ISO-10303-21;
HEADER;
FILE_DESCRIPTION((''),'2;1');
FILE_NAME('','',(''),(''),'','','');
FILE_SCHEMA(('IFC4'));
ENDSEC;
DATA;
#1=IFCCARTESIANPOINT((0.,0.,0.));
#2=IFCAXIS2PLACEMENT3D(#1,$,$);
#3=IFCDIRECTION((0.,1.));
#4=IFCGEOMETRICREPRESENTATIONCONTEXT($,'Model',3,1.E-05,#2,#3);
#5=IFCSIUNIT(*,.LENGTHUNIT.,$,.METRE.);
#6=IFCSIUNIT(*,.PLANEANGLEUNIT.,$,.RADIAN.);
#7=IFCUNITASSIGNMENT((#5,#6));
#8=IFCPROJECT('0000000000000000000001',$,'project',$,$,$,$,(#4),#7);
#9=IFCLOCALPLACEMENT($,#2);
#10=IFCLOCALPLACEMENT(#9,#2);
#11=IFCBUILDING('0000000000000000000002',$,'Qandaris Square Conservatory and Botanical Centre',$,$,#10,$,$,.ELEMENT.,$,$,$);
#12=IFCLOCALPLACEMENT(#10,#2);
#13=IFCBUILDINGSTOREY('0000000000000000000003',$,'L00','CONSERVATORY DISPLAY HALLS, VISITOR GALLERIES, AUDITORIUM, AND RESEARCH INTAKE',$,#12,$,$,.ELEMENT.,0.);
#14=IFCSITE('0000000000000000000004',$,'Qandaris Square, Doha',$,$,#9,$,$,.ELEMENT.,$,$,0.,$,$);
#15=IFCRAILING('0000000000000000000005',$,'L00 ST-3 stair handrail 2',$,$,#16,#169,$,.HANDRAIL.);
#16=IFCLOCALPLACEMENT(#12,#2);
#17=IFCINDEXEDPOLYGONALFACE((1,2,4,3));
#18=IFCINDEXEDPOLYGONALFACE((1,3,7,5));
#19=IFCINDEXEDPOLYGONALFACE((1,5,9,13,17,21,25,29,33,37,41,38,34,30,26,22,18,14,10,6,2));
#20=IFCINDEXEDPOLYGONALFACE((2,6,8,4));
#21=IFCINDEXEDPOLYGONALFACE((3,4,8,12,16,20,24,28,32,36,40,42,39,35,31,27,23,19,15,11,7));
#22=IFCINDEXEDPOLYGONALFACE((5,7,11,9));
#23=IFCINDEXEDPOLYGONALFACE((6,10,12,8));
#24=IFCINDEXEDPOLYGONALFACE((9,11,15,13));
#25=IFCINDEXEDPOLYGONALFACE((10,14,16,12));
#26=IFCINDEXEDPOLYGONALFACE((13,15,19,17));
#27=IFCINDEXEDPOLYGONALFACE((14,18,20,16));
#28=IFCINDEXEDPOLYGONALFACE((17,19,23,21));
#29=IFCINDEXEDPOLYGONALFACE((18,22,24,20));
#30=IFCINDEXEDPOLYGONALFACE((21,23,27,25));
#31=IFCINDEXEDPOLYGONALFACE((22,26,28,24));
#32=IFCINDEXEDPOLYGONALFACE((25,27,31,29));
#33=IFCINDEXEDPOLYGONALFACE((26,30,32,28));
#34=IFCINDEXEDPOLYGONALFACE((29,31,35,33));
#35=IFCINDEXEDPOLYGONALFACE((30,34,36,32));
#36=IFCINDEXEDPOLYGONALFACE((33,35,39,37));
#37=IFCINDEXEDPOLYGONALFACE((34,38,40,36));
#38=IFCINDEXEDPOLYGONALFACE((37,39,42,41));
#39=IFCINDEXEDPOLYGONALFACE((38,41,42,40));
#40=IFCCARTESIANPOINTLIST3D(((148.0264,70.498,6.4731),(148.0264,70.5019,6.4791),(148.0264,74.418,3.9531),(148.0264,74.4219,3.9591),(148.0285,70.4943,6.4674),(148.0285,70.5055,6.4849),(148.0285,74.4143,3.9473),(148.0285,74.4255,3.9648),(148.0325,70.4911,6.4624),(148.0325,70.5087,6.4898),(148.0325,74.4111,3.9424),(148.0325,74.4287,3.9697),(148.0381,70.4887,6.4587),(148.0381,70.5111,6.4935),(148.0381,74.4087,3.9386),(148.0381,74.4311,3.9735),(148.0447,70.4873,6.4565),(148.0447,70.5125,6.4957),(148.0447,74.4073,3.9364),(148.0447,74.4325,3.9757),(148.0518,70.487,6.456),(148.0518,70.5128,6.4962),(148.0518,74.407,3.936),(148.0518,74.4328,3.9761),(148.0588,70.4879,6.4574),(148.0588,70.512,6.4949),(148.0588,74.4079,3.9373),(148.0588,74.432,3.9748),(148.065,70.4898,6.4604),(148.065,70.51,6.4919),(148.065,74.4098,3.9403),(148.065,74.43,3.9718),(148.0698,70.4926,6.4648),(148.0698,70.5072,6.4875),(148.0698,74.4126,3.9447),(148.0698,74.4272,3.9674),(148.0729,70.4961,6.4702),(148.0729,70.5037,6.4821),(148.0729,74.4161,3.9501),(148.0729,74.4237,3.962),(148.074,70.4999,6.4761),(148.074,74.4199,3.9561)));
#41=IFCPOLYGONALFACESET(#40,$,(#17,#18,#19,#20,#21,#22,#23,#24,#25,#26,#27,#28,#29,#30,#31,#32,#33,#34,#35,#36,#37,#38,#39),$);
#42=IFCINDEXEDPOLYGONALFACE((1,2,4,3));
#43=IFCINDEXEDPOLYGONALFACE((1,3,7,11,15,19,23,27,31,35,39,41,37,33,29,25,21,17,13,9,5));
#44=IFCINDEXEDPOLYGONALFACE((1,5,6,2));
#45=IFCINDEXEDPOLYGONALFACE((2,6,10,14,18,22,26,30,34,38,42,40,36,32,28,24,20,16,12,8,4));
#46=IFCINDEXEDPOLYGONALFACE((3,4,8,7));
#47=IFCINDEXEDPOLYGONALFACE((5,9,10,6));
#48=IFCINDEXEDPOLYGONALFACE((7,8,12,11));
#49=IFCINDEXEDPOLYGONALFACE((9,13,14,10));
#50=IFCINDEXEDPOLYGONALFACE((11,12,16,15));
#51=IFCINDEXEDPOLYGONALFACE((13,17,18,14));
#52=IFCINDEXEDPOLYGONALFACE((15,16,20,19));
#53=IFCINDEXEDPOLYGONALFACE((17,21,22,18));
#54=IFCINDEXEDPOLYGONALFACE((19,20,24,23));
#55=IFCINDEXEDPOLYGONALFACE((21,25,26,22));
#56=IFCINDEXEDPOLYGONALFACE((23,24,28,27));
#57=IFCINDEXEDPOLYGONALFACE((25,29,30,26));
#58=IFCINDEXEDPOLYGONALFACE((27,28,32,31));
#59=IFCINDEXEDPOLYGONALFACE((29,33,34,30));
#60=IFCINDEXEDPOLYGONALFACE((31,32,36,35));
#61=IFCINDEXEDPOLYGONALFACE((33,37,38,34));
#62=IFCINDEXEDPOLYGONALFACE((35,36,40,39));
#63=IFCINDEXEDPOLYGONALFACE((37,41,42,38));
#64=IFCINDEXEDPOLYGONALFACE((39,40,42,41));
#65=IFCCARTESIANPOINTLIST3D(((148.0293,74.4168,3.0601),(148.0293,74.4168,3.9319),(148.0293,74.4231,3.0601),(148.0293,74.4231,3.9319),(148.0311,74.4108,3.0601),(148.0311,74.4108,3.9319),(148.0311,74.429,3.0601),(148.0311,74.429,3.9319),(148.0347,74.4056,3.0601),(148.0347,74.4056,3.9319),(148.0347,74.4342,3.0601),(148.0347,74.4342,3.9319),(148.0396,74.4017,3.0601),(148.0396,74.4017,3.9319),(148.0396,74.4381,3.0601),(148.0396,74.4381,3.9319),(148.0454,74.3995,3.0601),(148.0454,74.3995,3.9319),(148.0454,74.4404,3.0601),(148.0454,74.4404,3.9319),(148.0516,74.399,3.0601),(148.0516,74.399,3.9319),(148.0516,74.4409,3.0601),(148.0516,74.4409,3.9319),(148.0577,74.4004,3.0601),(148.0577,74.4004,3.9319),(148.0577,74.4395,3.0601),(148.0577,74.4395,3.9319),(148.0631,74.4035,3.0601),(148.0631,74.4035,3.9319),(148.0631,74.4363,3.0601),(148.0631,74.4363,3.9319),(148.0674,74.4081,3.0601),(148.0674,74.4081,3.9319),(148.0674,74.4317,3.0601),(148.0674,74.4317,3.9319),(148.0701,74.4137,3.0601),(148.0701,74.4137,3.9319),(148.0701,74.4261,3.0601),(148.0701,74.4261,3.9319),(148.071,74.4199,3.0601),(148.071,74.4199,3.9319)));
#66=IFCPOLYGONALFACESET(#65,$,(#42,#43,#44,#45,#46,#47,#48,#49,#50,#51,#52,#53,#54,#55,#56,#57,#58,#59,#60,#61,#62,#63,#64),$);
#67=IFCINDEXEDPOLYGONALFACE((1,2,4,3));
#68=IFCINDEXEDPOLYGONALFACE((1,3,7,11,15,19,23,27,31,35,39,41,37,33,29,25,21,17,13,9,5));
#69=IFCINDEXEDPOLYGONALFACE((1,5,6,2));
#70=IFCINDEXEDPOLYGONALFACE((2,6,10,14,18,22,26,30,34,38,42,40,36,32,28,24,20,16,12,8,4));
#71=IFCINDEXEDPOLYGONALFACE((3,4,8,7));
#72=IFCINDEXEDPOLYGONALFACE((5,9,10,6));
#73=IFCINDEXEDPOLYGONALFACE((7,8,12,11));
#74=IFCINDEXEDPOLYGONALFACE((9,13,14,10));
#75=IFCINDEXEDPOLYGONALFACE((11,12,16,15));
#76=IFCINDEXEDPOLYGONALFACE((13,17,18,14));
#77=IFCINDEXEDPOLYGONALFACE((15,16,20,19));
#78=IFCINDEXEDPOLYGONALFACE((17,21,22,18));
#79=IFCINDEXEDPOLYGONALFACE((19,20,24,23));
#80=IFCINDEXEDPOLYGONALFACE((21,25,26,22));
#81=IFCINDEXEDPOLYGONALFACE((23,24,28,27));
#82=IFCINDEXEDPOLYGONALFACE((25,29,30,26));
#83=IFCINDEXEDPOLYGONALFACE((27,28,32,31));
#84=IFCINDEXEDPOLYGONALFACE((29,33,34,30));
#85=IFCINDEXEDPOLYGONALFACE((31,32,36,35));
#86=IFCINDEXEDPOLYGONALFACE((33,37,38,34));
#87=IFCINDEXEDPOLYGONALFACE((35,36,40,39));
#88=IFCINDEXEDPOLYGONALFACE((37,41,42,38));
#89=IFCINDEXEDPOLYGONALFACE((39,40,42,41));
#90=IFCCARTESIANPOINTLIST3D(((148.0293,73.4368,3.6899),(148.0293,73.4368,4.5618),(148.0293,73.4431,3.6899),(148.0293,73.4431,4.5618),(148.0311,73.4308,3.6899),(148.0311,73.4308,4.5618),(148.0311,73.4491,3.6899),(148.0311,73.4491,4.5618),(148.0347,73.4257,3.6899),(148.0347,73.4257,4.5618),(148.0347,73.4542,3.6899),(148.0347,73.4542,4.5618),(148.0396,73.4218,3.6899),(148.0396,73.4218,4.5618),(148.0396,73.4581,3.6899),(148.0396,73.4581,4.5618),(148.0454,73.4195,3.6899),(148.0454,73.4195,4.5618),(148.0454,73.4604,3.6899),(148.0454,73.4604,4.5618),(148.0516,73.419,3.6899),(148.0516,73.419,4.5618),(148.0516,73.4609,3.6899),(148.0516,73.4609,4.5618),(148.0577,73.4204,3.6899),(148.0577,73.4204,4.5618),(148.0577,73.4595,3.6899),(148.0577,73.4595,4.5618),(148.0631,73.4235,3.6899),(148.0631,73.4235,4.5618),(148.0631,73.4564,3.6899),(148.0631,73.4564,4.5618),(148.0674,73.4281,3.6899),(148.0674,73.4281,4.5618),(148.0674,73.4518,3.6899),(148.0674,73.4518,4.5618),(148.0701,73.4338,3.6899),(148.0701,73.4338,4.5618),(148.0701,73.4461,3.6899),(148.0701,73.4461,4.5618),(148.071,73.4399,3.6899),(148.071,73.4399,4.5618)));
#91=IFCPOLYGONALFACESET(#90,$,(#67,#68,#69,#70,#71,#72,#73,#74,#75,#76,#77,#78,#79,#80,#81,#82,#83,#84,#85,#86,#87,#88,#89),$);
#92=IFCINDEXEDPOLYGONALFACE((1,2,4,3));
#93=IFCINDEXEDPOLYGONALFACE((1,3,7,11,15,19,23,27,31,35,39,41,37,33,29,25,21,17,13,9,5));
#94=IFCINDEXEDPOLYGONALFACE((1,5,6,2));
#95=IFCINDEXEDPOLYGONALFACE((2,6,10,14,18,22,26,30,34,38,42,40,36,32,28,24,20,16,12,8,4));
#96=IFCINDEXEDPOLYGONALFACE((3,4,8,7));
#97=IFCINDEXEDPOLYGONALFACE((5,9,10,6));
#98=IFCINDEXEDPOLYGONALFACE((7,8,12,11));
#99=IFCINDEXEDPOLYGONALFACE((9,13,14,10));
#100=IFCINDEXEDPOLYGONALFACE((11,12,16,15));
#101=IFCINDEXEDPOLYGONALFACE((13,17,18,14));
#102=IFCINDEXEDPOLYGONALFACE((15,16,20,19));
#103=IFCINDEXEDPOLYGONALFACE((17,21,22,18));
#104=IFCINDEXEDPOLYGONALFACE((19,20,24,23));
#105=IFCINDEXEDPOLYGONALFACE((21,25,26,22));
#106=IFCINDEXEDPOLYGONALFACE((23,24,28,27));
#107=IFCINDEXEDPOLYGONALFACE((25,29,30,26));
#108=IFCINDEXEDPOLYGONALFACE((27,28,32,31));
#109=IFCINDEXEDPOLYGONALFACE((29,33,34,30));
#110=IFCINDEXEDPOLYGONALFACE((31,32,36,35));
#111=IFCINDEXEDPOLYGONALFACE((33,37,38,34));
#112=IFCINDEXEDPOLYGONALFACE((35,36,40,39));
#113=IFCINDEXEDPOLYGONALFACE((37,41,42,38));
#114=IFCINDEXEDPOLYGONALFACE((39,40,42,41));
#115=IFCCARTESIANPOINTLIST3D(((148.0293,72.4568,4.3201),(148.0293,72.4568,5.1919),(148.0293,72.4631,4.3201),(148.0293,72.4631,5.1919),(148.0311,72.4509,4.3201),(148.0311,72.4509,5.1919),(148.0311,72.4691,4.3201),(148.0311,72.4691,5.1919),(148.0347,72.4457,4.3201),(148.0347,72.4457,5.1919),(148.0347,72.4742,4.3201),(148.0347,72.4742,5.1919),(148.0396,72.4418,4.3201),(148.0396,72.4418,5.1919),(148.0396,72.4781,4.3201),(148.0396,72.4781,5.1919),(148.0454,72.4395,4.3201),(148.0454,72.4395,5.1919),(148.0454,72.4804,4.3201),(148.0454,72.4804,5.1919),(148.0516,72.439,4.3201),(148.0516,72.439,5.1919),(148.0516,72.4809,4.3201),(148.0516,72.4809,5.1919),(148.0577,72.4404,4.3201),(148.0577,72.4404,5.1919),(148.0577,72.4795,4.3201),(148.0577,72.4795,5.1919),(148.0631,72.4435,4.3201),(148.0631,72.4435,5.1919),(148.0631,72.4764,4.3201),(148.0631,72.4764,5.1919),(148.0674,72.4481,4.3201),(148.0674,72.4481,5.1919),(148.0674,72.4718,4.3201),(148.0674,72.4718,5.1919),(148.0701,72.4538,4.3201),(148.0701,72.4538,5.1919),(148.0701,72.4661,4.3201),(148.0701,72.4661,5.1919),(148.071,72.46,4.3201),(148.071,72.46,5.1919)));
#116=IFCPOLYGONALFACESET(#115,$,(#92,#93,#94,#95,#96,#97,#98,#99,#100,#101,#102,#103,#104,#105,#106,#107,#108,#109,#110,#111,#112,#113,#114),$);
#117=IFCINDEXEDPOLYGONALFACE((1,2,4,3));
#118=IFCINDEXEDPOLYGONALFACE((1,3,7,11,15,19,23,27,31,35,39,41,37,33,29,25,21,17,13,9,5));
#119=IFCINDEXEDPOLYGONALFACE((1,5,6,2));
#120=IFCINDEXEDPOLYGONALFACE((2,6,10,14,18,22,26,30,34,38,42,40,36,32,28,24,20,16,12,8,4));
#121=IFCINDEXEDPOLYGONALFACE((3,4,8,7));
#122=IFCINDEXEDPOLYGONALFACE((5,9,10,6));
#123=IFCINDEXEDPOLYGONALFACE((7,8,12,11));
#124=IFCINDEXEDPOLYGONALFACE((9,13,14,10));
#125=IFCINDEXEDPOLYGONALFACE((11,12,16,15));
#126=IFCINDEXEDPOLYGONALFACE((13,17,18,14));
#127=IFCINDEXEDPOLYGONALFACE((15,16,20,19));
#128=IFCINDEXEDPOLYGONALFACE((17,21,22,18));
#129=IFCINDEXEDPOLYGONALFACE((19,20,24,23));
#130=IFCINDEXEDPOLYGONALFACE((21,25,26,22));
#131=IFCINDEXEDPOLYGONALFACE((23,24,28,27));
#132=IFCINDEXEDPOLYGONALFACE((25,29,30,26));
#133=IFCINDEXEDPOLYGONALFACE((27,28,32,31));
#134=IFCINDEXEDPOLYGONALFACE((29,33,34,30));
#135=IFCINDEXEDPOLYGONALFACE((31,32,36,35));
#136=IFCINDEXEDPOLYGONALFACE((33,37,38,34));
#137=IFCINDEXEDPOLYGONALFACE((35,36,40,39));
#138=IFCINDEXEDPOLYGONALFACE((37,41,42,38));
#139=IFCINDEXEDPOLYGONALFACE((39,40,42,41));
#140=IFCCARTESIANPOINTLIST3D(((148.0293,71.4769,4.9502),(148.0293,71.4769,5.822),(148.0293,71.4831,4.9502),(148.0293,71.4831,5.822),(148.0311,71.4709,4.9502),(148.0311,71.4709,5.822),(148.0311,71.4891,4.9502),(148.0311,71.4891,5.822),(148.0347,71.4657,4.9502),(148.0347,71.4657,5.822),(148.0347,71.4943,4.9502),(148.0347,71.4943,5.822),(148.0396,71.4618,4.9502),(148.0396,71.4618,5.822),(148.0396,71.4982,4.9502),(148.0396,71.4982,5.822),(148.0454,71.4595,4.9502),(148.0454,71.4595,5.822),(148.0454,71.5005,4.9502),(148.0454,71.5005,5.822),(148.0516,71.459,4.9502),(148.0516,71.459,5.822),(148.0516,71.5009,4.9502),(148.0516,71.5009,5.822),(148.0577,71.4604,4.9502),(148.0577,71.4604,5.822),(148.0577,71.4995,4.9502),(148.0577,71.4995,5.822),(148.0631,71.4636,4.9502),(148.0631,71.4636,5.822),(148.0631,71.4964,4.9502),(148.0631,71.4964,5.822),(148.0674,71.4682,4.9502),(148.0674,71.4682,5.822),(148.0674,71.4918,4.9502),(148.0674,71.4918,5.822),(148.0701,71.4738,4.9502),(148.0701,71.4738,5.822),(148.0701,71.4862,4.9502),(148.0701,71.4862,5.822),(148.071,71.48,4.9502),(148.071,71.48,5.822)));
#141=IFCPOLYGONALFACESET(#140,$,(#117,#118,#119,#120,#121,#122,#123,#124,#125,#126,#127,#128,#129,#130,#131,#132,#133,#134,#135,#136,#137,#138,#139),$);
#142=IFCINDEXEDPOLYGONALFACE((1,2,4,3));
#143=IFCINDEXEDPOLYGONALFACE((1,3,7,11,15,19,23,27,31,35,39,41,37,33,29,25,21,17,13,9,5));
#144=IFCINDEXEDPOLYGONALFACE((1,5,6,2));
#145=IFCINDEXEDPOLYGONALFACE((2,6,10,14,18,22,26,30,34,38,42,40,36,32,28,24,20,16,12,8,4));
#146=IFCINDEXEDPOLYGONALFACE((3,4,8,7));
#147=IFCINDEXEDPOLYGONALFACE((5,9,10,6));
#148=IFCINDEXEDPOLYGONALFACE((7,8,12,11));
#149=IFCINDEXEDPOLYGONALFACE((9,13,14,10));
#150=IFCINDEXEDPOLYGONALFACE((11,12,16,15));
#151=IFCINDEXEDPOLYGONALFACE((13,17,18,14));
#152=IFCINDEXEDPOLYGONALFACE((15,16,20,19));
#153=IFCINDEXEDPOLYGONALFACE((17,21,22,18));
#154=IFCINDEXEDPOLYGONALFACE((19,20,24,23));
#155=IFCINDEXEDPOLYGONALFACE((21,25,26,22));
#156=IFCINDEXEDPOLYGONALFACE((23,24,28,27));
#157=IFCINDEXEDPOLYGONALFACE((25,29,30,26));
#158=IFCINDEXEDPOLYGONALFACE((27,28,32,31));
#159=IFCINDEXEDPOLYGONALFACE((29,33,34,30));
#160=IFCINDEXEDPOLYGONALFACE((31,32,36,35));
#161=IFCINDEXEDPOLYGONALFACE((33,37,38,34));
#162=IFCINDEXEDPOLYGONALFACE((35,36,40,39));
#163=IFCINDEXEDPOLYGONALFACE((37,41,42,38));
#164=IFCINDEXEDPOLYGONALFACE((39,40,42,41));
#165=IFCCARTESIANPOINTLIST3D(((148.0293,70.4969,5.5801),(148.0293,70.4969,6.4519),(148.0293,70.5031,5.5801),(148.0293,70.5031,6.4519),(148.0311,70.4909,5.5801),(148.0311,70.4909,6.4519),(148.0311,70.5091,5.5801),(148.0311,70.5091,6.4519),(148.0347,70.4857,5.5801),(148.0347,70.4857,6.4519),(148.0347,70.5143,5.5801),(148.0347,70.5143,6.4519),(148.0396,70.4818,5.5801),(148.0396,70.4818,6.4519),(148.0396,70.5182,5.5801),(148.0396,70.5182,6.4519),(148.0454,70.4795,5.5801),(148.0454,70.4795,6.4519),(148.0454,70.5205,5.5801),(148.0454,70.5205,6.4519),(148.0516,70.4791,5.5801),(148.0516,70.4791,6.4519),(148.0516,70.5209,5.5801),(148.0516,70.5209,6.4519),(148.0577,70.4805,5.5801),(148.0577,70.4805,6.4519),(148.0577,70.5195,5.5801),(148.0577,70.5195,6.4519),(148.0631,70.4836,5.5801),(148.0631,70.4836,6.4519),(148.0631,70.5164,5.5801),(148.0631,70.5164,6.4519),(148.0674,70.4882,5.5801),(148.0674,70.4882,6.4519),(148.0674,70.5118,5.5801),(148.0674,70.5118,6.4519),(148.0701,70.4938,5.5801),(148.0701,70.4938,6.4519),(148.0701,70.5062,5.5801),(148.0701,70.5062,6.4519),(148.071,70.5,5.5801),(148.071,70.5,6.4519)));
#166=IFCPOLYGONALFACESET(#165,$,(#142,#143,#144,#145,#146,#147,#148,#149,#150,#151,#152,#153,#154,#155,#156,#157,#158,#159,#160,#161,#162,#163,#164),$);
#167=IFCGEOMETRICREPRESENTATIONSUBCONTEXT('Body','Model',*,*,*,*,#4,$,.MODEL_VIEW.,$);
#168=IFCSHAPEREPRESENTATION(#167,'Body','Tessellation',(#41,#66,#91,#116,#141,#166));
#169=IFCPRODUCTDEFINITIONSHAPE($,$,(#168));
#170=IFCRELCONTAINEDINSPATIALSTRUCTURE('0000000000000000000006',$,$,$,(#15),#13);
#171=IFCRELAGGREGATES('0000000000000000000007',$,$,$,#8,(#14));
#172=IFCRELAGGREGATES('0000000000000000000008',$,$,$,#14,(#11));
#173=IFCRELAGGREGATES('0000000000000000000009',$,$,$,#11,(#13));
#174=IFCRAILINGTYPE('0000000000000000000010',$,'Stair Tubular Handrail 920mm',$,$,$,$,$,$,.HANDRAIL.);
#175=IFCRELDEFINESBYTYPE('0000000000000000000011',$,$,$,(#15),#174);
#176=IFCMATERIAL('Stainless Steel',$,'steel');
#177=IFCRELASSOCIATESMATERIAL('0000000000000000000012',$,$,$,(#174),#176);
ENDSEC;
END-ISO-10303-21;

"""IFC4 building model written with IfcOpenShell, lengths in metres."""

from ifc_helpers import new_model, si_unit, direction, frame, origin, origin_2d, place, context, subcontext, project, spatial, circle, extrude, material, type_object, element, save


model = new_model("IFC4")

# Units and contexts
model_context = context("Model", 3, precision=1e-05, world=origin(), true_north=direction((0.0, 1.0)))
body_context = subcontext(model_context, "Body", "Model", "MODEL_VIEW")
ifc_project = project(units=[si_unit("LENGTHUNIT", "METRE"), si_unit("PLANEANGLEUNIT", "RADIAN")], contexts=[model_context])

# Site, building, storey
site_placement = place(None, origin())
site = spatial("IfcSite", under=ifc_project, at=site_placement, Name="Qandaris Square, Doha", CompositionType="ELEMENT", RefElevation=0.0)
building_placement = place(site_placement, origin())
building = spatial("IfcBuilding", under=site, at=building_placement, Name="Qandaris Square Conservatory and Botanical Centre", CompositionType="ELEMENT")
storey_placement = place(building_placement, origin())
storey = spatial("IfcBuildingStorey", under=building, at=storey_placement, Name="L00", Description="CONSERVATORY DISPLAY HALLS, VISITOR GALLERIES, AUDITORIUM, AND RESEARCH INTAKE", CompositionType="ELEMENT", Elevation=0.0)

# Railing
ifc_material_1 = material(Name="Stainless Steel", Category="steel")
railing_type_1 = type_object("IfcRailingType", Name="Stair Tubular Handrail 920mm", PredefinedType="HANDRAIL", material=ifc_material_1)
railing_1_placement = place(storey_placement, frame((148.05, 74.4199, 3.0601)))
element("IfcRailing", 1, at=railing_1_placement, inside=storey, type_object=railing_type_1, Name="L00 ST-3 stair handrail 2", PredefinedType="HANDRAIL", context=body_context, shape_type="SweptSolid", body=[
    extrude(circle(Radius=0.0239, at=origin_2d()), frame((0.0, 0.0, 0.896), z_axis=(0.0, -0.841172, 0.540768), x_axis=(1.0, 0.0, 0.0)), (0.0, 0.0, 1.0), 4.6602),
    extrude(circle(Radius=0.021, at=origin_2d()), origin(), (0.0, 0.0, 1.0), 0.8718),
    extrude(circle(Radius=0.021, at=origin_2d()), frame((0.0, -0.98, 0.6299)), (0.0, 0.0, 1.0), 0.8718),
    extrude(circle(Radius=0.021, at=origin_2d()), frame((0.0, -1.96, 1.26)), (0.0, 0.0, 1.0), 0.8718),
    extrude(circle(Radius=0.021, at=origin_2d()), frame((0.0, -2.9399, 1.8901)), (0.0, 0.0, 1.0), 0.8718),
    extrude(circle(Radius=0.021, at=origin_2d()), frame((0.0, -3.9199, 2.52)), (0.0, 0.0, 1.0), 0.8718),
])

save(model, "model.ifc")
